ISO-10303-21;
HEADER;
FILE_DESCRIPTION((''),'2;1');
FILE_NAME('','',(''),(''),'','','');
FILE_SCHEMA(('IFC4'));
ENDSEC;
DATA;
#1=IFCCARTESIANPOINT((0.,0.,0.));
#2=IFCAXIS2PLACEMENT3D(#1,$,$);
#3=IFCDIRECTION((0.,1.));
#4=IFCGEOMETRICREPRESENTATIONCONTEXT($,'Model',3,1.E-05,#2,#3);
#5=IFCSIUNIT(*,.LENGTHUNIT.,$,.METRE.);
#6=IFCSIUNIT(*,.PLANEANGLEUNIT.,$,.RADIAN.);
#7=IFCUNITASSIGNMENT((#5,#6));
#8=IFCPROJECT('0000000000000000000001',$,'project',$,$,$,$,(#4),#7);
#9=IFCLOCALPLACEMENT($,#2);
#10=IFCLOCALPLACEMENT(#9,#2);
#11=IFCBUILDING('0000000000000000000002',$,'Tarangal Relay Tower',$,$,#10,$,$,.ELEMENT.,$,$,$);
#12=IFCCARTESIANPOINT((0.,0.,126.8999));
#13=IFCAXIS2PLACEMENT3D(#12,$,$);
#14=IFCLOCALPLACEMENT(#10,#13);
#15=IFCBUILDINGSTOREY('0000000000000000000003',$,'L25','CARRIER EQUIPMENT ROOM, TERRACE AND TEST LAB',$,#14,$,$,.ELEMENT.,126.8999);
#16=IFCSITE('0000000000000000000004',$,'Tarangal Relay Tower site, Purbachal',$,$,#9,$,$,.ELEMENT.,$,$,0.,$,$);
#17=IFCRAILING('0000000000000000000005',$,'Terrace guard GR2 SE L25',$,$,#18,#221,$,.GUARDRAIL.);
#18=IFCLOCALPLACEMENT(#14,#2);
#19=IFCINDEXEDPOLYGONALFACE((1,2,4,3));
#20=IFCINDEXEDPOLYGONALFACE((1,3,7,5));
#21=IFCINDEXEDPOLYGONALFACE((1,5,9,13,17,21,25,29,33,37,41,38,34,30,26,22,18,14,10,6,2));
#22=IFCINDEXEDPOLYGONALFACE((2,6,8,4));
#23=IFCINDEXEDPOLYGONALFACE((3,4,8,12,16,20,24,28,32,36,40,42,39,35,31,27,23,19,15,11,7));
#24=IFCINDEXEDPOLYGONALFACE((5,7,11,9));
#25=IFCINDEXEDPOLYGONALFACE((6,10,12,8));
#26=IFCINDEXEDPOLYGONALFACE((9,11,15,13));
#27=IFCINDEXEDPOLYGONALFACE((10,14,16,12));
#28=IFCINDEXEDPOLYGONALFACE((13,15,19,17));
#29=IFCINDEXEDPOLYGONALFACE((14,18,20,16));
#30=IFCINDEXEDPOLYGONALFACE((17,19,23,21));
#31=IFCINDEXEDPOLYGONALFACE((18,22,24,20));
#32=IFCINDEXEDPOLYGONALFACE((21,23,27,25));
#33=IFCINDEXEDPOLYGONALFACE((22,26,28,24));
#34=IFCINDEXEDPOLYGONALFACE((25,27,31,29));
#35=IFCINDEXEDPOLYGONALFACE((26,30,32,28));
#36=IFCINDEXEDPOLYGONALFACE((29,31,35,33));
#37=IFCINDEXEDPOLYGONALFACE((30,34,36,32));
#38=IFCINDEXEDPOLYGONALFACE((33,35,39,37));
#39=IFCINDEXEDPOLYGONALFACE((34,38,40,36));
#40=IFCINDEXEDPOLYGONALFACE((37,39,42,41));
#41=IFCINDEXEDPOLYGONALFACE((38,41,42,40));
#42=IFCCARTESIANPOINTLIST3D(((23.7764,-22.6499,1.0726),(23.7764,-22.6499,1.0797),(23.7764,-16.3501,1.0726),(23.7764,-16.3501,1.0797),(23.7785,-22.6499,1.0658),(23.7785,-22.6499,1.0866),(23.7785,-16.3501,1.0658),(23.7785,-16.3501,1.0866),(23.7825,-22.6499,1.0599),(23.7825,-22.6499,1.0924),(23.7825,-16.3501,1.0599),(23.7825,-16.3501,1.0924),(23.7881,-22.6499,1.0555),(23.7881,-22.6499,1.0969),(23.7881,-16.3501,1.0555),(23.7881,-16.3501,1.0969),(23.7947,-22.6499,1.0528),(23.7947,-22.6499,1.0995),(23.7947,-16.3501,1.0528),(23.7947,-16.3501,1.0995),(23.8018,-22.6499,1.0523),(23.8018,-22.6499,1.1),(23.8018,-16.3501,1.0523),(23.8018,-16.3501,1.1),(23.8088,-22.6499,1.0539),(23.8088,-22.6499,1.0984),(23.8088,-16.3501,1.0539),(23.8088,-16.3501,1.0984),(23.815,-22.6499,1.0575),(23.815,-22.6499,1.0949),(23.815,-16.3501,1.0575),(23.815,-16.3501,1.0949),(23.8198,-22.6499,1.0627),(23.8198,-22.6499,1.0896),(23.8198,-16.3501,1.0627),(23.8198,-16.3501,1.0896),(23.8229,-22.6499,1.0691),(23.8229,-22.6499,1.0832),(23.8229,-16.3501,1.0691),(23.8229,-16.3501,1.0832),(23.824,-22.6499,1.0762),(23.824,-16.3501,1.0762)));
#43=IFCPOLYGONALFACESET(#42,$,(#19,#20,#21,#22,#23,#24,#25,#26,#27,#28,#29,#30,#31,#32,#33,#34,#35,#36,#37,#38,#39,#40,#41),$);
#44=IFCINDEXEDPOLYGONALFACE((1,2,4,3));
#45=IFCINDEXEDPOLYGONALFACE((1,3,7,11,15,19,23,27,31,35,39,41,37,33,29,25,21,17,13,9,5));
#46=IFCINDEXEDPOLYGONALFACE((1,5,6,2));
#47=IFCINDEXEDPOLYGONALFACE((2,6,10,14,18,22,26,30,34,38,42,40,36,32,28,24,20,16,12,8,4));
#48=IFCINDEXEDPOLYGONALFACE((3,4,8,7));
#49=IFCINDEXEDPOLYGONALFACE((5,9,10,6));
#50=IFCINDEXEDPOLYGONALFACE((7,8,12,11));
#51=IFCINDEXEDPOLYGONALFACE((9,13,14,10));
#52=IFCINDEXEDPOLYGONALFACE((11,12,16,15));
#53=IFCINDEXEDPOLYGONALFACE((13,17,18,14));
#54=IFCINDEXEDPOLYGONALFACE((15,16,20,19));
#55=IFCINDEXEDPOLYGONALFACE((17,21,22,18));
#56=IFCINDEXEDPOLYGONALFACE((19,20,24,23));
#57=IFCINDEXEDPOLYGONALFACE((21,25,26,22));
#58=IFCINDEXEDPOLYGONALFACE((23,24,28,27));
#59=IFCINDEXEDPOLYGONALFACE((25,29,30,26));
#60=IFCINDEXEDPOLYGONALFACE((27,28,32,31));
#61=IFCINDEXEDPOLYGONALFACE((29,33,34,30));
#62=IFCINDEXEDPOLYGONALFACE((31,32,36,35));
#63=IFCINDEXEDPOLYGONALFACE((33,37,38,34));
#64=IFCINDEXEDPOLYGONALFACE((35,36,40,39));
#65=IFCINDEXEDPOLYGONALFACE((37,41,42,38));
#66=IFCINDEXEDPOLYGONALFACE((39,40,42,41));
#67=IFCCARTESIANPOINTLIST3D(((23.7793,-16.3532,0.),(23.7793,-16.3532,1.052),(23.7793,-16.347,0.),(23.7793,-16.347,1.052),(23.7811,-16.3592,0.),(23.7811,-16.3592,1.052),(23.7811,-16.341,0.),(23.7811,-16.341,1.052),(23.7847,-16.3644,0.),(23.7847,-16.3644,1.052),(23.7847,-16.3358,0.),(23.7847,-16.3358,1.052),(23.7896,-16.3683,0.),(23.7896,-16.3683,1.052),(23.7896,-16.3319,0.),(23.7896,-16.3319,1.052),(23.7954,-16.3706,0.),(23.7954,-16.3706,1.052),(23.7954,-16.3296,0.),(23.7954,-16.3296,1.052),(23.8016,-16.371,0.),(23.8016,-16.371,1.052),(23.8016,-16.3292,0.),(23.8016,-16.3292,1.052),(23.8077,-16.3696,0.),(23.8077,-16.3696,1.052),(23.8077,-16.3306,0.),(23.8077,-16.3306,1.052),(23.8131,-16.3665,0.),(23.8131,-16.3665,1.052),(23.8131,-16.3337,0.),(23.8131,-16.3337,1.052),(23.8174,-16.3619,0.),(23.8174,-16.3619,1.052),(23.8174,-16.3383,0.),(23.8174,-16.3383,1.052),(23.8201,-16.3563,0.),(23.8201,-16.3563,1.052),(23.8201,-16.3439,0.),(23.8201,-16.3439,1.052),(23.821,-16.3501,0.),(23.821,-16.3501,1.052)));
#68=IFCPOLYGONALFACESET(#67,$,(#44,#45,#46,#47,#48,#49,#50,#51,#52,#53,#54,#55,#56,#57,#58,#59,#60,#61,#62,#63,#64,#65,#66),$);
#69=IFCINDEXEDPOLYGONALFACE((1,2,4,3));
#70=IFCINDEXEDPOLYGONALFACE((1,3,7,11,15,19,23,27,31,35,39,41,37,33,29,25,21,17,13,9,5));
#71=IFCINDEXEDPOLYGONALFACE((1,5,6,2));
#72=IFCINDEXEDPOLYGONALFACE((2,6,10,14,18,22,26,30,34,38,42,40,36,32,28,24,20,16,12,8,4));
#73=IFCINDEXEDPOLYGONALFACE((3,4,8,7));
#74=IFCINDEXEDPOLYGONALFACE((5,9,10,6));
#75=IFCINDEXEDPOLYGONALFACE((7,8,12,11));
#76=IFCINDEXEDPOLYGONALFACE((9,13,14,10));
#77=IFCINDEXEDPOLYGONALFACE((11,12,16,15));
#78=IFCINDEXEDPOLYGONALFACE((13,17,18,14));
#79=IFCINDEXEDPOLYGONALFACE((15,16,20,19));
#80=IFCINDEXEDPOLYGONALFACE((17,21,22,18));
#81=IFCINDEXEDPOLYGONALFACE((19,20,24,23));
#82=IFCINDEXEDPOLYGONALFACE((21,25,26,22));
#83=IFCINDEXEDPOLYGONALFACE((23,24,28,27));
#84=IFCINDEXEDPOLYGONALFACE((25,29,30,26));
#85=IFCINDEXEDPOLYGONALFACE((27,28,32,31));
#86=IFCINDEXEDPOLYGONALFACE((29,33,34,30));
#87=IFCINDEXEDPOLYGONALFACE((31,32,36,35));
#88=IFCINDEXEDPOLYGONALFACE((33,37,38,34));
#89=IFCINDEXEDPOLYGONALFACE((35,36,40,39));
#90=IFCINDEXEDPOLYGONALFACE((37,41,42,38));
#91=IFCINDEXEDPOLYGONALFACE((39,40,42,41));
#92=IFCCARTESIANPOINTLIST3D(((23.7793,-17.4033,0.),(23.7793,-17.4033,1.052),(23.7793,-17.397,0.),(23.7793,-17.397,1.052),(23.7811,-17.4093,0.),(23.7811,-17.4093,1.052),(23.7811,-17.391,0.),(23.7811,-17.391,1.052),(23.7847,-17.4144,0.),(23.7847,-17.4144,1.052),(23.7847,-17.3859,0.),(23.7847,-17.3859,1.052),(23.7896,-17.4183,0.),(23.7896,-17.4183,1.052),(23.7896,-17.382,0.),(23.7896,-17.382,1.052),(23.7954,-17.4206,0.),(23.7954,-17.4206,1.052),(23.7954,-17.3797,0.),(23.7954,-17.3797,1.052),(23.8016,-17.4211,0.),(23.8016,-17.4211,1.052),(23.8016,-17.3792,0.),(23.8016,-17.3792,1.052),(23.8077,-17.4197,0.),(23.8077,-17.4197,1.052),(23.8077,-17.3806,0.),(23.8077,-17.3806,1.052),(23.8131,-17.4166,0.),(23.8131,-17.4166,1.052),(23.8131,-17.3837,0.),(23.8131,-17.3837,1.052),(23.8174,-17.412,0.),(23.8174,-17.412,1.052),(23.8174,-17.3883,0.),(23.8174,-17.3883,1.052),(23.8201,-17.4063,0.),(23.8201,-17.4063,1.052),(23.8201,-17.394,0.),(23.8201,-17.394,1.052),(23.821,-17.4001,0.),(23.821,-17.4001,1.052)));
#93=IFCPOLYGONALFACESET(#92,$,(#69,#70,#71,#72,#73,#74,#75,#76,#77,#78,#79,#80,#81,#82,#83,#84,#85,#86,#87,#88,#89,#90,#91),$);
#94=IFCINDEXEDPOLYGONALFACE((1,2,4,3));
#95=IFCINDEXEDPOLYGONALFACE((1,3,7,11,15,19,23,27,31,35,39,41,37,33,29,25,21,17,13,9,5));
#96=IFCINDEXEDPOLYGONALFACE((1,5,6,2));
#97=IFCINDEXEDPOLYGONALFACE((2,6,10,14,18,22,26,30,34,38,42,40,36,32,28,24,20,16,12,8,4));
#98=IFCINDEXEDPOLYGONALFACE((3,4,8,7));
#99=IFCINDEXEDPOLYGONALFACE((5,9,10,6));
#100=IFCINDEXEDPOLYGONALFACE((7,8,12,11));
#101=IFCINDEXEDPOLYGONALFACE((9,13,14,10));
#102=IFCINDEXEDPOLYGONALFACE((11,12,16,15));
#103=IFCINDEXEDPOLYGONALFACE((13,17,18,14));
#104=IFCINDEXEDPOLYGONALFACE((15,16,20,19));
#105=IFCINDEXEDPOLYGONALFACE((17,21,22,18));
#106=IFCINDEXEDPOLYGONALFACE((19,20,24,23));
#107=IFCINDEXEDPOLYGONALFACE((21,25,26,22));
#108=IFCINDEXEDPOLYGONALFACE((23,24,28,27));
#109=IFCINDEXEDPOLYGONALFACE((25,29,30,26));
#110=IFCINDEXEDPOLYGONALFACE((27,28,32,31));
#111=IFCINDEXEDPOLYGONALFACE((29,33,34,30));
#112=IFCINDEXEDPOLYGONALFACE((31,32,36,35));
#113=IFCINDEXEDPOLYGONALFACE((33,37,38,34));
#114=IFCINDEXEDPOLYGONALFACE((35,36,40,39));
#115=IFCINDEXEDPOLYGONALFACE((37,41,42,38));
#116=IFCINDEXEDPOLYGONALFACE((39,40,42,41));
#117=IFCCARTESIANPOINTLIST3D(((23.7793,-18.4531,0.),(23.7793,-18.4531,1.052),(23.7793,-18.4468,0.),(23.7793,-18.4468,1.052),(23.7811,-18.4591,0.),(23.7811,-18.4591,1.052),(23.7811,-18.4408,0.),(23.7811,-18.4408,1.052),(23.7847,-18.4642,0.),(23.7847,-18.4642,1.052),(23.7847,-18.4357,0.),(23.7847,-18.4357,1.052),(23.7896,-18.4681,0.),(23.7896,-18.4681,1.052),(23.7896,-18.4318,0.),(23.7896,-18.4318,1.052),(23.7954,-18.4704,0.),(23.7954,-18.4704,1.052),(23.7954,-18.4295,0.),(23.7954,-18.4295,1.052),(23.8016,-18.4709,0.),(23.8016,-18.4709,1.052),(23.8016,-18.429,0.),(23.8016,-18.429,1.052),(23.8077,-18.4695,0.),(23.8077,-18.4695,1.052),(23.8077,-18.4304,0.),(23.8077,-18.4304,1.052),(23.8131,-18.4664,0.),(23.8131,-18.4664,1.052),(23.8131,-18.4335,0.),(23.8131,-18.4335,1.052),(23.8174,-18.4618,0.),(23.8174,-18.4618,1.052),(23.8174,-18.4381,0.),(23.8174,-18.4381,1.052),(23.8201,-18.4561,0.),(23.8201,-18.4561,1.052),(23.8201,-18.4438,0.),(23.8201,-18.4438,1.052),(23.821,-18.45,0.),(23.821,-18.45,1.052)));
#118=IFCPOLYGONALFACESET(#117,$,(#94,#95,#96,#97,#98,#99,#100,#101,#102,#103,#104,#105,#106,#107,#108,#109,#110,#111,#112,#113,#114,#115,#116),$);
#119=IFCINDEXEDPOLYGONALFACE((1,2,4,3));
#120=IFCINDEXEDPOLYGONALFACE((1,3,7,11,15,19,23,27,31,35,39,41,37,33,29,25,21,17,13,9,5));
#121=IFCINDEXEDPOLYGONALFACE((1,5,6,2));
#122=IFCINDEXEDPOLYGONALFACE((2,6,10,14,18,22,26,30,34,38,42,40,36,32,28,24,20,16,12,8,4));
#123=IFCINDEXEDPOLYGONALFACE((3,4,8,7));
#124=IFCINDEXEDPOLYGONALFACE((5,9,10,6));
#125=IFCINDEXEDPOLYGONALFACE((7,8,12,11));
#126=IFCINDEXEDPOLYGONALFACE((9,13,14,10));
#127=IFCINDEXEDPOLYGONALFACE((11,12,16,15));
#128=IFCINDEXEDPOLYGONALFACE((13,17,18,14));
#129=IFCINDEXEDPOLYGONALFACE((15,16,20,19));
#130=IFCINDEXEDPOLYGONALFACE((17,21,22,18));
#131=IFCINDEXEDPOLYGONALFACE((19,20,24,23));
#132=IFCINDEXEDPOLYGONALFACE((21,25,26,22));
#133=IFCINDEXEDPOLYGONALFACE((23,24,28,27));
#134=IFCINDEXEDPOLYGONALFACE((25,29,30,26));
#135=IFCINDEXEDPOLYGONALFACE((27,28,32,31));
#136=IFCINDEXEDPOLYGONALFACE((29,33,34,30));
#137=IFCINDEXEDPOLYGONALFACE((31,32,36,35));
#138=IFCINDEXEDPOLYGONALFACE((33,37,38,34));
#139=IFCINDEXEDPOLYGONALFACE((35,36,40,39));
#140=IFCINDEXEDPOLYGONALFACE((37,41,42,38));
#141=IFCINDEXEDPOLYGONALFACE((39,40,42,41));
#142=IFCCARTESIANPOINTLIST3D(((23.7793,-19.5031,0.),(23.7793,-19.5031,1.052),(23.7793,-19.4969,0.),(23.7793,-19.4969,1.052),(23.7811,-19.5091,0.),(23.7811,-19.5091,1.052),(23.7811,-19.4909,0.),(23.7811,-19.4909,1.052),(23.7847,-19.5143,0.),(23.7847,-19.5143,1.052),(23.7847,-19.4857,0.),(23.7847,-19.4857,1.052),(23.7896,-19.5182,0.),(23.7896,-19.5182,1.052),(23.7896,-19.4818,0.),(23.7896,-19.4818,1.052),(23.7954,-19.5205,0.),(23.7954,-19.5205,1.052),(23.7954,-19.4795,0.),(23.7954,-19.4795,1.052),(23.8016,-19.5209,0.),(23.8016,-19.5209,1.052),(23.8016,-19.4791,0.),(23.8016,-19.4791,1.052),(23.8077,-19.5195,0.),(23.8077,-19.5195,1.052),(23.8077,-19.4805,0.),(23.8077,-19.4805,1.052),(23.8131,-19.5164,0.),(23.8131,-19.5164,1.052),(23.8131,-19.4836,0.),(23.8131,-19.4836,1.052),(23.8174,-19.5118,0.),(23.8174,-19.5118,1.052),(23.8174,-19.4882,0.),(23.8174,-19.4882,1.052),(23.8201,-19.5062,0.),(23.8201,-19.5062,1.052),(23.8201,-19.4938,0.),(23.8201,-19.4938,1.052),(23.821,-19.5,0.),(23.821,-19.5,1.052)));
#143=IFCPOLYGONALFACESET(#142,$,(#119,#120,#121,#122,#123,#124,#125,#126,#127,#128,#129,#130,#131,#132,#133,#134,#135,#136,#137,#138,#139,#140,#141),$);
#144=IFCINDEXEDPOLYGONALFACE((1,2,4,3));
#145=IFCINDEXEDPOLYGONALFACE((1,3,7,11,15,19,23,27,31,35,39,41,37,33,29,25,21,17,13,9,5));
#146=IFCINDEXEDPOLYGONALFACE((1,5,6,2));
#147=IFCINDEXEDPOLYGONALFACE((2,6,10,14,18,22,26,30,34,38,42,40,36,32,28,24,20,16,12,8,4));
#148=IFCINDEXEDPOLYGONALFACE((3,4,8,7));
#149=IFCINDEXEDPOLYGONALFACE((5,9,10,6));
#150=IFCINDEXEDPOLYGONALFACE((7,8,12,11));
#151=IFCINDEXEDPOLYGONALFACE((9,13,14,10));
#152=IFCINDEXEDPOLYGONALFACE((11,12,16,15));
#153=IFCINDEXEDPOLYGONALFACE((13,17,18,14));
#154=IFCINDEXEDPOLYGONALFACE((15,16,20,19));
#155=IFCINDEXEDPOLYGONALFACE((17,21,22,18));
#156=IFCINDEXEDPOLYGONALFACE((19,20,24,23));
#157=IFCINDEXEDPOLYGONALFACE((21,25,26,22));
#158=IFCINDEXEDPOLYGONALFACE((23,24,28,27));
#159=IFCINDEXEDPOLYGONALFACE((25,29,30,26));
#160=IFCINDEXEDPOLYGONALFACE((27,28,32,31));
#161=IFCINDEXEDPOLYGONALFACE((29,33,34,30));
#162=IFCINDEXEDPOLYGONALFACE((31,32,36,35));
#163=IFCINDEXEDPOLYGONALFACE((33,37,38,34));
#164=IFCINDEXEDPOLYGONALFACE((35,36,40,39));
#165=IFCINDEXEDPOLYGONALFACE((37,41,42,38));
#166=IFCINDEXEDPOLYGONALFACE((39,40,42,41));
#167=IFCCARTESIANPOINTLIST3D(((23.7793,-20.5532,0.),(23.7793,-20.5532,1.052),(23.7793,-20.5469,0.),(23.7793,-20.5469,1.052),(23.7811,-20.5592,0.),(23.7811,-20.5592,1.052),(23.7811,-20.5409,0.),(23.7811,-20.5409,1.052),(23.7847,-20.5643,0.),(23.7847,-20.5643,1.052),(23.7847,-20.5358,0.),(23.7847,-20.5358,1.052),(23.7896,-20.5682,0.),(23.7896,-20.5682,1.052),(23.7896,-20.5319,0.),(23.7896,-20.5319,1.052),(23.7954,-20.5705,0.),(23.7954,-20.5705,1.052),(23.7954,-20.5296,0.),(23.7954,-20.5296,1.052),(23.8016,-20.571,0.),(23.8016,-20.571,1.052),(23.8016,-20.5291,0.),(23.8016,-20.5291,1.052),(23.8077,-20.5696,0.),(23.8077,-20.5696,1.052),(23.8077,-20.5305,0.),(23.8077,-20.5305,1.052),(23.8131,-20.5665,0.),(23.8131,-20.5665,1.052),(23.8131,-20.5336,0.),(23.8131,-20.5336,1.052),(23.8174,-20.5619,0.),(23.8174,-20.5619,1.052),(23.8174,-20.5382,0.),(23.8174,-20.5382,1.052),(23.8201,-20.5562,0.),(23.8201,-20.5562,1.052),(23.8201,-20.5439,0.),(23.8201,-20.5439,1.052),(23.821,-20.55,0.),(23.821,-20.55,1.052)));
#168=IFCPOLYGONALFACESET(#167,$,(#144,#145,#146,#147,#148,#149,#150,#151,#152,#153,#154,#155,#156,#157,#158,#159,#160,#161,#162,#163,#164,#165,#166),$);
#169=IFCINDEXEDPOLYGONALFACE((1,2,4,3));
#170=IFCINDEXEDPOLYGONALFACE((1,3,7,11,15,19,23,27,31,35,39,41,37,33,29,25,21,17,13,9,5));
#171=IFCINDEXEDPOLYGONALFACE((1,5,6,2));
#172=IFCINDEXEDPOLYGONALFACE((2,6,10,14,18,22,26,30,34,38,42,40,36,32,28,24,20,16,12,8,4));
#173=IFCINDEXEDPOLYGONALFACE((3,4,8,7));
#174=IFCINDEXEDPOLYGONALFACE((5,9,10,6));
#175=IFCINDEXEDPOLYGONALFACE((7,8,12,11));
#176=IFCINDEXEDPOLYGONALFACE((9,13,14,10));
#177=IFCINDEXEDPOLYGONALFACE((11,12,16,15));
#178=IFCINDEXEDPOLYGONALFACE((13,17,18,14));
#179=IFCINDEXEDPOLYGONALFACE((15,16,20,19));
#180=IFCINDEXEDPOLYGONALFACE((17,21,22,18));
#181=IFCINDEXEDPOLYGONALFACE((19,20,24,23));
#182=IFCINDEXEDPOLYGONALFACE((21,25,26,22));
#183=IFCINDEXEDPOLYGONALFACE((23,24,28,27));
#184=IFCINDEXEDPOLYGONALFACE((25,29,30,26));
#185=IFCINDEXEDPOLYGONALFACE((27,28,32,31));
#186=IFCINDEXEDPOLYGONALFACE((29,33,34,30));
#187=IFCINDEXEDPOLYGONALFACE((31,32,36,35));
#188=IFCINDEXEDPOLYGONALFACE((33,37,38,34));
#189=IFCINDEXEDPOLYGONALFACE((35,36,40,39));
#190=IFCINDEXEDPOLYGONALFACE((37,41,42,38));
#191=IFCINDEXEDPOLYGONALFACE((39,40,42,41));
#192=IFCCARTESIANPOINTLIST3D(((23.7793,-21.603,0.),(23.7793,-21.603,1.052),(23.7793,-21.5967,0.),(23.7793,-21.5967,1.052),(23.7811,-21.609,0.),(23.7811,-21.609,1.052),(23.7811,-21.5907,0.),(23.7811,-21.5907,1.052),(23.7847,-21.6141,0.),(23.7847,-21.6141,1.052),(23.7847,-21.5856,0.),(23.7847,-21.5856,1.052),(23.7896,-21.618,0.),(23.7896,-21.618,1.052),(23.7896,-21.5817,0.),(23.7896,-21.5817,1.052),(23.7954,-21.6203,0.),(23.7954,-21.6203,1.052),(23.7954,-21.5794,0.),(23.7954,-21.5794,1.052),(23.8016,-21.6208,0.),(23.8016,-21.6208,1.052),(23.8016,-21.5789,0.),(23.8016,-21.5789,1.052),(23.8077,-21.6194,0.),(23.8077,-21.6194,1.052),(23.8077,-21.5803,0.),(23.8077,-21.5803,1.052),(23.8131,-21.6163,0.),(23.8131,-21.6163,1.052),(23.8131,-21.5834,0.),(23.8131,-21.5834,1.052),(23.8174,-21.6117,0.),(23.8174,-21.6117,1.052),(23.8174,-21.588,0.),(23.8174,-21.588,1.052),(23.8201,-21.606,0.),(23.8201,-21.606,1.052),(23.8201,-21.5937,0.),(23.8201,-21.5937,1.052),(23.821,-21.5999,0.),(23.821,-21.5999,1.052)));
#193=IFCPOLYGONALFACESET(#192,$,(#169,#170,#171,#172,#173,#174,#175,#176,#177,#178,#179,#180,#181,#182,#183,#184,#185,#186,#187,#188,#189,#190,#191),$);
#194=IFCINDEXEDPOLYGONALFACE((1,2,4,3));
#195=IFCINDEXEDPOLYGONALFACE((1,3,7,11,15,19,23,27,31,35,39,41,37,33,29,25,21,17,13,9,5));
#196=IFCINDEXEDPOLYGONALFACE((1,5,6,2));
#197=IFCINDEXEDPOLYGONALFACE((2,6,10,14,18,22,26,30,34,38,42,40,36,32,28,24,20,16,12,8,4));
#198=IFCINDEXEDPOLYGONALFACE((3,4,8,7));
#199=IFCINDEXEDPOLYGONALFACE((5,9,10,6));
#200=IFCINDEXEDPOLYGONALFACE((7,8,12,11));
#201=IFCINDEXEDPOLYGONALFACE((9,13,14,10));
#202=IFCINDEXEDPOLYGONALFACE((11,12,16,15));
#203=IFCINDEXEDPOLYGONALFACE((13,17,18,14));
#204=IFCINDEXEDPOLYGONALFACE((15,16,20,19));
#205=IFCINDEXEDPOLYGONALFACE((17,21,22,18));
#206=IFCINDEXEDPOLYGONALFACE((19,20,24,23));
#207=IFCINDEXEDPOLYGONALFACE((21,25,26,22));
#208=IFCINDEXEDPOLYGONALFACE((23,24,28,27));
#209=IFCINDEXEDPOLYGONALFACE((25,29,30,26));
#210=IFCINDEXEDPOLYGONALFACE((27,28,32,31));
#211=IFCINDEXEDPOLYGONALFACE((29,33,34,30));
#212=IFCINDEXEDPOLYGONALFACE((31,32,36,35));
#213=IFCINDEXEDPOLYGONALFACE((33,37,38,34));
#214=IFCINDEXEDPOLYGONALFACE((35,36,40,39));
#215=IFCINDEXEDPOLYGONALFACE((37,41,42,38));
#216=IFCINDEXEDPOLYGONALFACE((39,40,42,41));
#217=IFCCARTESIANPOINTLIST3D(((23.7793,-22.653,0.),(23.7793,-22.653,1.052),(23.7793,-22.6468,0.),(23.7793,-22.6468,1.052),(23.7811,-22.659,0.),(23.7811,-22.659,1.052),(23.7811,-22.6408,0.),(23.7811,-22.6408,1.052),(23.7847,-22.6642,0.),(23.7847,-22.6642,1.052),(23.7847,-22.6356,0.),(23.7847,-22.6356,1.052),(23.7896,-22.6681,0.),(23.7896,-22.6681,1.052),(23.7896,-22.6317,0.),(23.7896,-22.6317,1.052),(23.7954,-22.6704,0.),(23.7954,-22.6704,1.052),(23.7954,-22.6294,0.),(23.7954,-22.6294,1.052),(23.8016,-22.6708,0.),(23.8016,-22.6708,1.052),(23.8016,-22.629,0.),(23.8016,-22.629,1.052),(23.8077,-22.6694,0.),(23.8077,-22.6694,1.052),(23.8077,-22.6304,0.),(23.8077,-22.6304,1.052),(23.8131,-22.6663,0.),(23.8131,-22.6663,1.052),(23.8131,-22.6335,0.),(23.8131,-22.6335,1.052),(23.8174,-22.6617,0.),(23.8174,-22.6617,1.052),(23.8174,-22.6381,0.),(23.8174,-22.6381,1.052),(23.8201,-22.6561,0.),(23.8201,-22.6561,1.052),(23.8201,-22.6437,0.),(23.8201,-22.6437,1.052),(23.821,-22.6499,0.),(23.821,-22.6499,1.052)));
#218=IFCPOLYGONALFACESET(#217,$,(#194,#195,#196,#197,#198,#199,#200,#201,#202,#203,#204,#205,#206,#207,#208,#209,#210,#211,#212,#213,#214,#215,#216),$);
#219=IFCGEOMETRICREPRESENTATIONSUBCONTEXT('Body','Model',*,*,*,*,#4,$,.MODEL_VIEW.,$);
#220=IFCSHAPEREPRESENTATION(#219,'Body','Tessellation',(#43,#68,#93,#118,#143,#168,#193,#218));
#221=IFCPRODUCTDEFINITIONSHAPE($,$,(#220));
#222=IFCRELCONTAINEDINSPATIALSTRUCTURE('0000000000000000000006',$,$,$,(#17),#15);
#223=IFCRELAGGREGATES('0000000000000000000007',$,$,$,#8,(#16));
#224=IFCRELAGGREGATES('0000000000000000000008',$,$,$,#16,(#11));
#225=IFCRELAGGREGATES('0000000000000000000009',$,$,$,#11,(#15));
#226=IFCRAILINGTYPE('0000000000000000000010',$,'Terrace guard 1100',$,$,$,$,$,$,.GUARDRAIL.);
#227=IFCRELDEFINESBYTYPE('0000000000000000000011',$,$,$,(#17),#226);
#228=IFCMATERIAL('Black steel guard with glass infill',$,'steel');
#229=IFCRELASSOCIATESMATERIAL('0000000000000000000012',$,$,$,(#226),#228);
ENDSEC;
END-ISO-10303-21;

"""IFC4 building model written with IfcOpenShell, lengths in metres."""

from ifc_helpers import new_model, si_unit, direction, frame, origin, origin_2d, place, context, subcontext, project, spatial, circle, extrude, material, type_object, element, save


model = new_model("IFC4")

# Units and contexts
model_context = context("Model", 3, precision=1e-05, world=origin(), true_north=direction((0.0, 1.0)))
body_context = subcontext(model_context, "Body", "Model", "MODEL_VIEW")
ifc_project = project(units=[si_unit("LENGTHUNIT", "METRE"), si_unit("PLANEANGLEUNIT", "RADIAN")], contexts=[model_context])

# Site, building, storey
site_placement = place(None, origin())
site = spatial("IfcSite", under=ifc_project, at=site_placement, Name="Tarangal Relay Tower site, Purbachal", CompositionType="ELEMENT", RefElevation=0.0)
building_placement = place(site_placement, origin())
building = spatial("IfcBuilding", under=site, at=building_placement, Name="Tarangal Relay Tower", CompositionType="ELEMENT")
storey_placement = place(building_placement, frame((0.0, 0.0, 126.8999)))
storey = spatial("IfcBuildingStorey", under=building, at=storey_placement, Name="L25", Description="CARRIER EQUIPMENT ROOM, TERRACE AND TEST LAB", CompositionType="ELEMENT", Elevation=126.8999)

# Railing
ifc_material_1 = material(Name="Black steel guard with glass infill", Category="steel")
railing_type = type_object("IfcRailingType", Name="Terrace guard 1100", PredefinedType="GUARDRAIL", material=ifc_material_1)
railing_1_placement = place(storey_placement, frame((23.8, -16.3501, 0.0)))
element("IfcRailing", 1, at=railing_1_placement, inside=storey, type_object=railing_type, Name="Terrace guard GR2 SE L25", PredefinedType="GUARDRAIL", context=body_context, shape_type="SweptSolid", body=[
    extrude(circle(Radius=0.0239, at=origin_2d()), frame((0.0, 0.0, 1.0762), z_axis=(0.0, -1.0, 0.0), x_axis=(1.0, 0.0, 0.0)), (0.0, 0.0, 1.0), 6.2998),
    extrude(circle(Radius=0.021, at=origin_2d()), origin(), (0.0, 0.0, 1.0), 1.052),
    extrude(circle(Radius=0.021, at=origin_2d()), frame((0.0, -1.05, 0.0)), (0.0, 0.0, 1.0), 1.052),
    extrude(circle(Radius=0.021, at=origin_2d()), frame((0.0, -2.0999, 0.0)), (0.0, 0.0, 1.0), 1.052),
    extrude(circle(Radius=0.021, at=origin_2d()), frame((0.0, -3.1499, 0.0)), (0.0, 0.0, 1.0), 1.052),
    extrude(circle(Radius=0.021, at=origin_2d()), frame((0.0, -4.2, 0.0)), (0.0, 0.0, 1.0), 1.052),
    extrude(circle(Radius=0.021, at=origin_2d()), frame((0.0, -5.2498, 0.0)), (0.0, 0.0, 1.0), 1.052),
    extrude(circle(Radius=0.021, at=origin_2d()), frame((0.0, -6.2998, 0.0)), (0.0, 0.0, 1.0), 1.052),
])

save(model, "model.ifc")
